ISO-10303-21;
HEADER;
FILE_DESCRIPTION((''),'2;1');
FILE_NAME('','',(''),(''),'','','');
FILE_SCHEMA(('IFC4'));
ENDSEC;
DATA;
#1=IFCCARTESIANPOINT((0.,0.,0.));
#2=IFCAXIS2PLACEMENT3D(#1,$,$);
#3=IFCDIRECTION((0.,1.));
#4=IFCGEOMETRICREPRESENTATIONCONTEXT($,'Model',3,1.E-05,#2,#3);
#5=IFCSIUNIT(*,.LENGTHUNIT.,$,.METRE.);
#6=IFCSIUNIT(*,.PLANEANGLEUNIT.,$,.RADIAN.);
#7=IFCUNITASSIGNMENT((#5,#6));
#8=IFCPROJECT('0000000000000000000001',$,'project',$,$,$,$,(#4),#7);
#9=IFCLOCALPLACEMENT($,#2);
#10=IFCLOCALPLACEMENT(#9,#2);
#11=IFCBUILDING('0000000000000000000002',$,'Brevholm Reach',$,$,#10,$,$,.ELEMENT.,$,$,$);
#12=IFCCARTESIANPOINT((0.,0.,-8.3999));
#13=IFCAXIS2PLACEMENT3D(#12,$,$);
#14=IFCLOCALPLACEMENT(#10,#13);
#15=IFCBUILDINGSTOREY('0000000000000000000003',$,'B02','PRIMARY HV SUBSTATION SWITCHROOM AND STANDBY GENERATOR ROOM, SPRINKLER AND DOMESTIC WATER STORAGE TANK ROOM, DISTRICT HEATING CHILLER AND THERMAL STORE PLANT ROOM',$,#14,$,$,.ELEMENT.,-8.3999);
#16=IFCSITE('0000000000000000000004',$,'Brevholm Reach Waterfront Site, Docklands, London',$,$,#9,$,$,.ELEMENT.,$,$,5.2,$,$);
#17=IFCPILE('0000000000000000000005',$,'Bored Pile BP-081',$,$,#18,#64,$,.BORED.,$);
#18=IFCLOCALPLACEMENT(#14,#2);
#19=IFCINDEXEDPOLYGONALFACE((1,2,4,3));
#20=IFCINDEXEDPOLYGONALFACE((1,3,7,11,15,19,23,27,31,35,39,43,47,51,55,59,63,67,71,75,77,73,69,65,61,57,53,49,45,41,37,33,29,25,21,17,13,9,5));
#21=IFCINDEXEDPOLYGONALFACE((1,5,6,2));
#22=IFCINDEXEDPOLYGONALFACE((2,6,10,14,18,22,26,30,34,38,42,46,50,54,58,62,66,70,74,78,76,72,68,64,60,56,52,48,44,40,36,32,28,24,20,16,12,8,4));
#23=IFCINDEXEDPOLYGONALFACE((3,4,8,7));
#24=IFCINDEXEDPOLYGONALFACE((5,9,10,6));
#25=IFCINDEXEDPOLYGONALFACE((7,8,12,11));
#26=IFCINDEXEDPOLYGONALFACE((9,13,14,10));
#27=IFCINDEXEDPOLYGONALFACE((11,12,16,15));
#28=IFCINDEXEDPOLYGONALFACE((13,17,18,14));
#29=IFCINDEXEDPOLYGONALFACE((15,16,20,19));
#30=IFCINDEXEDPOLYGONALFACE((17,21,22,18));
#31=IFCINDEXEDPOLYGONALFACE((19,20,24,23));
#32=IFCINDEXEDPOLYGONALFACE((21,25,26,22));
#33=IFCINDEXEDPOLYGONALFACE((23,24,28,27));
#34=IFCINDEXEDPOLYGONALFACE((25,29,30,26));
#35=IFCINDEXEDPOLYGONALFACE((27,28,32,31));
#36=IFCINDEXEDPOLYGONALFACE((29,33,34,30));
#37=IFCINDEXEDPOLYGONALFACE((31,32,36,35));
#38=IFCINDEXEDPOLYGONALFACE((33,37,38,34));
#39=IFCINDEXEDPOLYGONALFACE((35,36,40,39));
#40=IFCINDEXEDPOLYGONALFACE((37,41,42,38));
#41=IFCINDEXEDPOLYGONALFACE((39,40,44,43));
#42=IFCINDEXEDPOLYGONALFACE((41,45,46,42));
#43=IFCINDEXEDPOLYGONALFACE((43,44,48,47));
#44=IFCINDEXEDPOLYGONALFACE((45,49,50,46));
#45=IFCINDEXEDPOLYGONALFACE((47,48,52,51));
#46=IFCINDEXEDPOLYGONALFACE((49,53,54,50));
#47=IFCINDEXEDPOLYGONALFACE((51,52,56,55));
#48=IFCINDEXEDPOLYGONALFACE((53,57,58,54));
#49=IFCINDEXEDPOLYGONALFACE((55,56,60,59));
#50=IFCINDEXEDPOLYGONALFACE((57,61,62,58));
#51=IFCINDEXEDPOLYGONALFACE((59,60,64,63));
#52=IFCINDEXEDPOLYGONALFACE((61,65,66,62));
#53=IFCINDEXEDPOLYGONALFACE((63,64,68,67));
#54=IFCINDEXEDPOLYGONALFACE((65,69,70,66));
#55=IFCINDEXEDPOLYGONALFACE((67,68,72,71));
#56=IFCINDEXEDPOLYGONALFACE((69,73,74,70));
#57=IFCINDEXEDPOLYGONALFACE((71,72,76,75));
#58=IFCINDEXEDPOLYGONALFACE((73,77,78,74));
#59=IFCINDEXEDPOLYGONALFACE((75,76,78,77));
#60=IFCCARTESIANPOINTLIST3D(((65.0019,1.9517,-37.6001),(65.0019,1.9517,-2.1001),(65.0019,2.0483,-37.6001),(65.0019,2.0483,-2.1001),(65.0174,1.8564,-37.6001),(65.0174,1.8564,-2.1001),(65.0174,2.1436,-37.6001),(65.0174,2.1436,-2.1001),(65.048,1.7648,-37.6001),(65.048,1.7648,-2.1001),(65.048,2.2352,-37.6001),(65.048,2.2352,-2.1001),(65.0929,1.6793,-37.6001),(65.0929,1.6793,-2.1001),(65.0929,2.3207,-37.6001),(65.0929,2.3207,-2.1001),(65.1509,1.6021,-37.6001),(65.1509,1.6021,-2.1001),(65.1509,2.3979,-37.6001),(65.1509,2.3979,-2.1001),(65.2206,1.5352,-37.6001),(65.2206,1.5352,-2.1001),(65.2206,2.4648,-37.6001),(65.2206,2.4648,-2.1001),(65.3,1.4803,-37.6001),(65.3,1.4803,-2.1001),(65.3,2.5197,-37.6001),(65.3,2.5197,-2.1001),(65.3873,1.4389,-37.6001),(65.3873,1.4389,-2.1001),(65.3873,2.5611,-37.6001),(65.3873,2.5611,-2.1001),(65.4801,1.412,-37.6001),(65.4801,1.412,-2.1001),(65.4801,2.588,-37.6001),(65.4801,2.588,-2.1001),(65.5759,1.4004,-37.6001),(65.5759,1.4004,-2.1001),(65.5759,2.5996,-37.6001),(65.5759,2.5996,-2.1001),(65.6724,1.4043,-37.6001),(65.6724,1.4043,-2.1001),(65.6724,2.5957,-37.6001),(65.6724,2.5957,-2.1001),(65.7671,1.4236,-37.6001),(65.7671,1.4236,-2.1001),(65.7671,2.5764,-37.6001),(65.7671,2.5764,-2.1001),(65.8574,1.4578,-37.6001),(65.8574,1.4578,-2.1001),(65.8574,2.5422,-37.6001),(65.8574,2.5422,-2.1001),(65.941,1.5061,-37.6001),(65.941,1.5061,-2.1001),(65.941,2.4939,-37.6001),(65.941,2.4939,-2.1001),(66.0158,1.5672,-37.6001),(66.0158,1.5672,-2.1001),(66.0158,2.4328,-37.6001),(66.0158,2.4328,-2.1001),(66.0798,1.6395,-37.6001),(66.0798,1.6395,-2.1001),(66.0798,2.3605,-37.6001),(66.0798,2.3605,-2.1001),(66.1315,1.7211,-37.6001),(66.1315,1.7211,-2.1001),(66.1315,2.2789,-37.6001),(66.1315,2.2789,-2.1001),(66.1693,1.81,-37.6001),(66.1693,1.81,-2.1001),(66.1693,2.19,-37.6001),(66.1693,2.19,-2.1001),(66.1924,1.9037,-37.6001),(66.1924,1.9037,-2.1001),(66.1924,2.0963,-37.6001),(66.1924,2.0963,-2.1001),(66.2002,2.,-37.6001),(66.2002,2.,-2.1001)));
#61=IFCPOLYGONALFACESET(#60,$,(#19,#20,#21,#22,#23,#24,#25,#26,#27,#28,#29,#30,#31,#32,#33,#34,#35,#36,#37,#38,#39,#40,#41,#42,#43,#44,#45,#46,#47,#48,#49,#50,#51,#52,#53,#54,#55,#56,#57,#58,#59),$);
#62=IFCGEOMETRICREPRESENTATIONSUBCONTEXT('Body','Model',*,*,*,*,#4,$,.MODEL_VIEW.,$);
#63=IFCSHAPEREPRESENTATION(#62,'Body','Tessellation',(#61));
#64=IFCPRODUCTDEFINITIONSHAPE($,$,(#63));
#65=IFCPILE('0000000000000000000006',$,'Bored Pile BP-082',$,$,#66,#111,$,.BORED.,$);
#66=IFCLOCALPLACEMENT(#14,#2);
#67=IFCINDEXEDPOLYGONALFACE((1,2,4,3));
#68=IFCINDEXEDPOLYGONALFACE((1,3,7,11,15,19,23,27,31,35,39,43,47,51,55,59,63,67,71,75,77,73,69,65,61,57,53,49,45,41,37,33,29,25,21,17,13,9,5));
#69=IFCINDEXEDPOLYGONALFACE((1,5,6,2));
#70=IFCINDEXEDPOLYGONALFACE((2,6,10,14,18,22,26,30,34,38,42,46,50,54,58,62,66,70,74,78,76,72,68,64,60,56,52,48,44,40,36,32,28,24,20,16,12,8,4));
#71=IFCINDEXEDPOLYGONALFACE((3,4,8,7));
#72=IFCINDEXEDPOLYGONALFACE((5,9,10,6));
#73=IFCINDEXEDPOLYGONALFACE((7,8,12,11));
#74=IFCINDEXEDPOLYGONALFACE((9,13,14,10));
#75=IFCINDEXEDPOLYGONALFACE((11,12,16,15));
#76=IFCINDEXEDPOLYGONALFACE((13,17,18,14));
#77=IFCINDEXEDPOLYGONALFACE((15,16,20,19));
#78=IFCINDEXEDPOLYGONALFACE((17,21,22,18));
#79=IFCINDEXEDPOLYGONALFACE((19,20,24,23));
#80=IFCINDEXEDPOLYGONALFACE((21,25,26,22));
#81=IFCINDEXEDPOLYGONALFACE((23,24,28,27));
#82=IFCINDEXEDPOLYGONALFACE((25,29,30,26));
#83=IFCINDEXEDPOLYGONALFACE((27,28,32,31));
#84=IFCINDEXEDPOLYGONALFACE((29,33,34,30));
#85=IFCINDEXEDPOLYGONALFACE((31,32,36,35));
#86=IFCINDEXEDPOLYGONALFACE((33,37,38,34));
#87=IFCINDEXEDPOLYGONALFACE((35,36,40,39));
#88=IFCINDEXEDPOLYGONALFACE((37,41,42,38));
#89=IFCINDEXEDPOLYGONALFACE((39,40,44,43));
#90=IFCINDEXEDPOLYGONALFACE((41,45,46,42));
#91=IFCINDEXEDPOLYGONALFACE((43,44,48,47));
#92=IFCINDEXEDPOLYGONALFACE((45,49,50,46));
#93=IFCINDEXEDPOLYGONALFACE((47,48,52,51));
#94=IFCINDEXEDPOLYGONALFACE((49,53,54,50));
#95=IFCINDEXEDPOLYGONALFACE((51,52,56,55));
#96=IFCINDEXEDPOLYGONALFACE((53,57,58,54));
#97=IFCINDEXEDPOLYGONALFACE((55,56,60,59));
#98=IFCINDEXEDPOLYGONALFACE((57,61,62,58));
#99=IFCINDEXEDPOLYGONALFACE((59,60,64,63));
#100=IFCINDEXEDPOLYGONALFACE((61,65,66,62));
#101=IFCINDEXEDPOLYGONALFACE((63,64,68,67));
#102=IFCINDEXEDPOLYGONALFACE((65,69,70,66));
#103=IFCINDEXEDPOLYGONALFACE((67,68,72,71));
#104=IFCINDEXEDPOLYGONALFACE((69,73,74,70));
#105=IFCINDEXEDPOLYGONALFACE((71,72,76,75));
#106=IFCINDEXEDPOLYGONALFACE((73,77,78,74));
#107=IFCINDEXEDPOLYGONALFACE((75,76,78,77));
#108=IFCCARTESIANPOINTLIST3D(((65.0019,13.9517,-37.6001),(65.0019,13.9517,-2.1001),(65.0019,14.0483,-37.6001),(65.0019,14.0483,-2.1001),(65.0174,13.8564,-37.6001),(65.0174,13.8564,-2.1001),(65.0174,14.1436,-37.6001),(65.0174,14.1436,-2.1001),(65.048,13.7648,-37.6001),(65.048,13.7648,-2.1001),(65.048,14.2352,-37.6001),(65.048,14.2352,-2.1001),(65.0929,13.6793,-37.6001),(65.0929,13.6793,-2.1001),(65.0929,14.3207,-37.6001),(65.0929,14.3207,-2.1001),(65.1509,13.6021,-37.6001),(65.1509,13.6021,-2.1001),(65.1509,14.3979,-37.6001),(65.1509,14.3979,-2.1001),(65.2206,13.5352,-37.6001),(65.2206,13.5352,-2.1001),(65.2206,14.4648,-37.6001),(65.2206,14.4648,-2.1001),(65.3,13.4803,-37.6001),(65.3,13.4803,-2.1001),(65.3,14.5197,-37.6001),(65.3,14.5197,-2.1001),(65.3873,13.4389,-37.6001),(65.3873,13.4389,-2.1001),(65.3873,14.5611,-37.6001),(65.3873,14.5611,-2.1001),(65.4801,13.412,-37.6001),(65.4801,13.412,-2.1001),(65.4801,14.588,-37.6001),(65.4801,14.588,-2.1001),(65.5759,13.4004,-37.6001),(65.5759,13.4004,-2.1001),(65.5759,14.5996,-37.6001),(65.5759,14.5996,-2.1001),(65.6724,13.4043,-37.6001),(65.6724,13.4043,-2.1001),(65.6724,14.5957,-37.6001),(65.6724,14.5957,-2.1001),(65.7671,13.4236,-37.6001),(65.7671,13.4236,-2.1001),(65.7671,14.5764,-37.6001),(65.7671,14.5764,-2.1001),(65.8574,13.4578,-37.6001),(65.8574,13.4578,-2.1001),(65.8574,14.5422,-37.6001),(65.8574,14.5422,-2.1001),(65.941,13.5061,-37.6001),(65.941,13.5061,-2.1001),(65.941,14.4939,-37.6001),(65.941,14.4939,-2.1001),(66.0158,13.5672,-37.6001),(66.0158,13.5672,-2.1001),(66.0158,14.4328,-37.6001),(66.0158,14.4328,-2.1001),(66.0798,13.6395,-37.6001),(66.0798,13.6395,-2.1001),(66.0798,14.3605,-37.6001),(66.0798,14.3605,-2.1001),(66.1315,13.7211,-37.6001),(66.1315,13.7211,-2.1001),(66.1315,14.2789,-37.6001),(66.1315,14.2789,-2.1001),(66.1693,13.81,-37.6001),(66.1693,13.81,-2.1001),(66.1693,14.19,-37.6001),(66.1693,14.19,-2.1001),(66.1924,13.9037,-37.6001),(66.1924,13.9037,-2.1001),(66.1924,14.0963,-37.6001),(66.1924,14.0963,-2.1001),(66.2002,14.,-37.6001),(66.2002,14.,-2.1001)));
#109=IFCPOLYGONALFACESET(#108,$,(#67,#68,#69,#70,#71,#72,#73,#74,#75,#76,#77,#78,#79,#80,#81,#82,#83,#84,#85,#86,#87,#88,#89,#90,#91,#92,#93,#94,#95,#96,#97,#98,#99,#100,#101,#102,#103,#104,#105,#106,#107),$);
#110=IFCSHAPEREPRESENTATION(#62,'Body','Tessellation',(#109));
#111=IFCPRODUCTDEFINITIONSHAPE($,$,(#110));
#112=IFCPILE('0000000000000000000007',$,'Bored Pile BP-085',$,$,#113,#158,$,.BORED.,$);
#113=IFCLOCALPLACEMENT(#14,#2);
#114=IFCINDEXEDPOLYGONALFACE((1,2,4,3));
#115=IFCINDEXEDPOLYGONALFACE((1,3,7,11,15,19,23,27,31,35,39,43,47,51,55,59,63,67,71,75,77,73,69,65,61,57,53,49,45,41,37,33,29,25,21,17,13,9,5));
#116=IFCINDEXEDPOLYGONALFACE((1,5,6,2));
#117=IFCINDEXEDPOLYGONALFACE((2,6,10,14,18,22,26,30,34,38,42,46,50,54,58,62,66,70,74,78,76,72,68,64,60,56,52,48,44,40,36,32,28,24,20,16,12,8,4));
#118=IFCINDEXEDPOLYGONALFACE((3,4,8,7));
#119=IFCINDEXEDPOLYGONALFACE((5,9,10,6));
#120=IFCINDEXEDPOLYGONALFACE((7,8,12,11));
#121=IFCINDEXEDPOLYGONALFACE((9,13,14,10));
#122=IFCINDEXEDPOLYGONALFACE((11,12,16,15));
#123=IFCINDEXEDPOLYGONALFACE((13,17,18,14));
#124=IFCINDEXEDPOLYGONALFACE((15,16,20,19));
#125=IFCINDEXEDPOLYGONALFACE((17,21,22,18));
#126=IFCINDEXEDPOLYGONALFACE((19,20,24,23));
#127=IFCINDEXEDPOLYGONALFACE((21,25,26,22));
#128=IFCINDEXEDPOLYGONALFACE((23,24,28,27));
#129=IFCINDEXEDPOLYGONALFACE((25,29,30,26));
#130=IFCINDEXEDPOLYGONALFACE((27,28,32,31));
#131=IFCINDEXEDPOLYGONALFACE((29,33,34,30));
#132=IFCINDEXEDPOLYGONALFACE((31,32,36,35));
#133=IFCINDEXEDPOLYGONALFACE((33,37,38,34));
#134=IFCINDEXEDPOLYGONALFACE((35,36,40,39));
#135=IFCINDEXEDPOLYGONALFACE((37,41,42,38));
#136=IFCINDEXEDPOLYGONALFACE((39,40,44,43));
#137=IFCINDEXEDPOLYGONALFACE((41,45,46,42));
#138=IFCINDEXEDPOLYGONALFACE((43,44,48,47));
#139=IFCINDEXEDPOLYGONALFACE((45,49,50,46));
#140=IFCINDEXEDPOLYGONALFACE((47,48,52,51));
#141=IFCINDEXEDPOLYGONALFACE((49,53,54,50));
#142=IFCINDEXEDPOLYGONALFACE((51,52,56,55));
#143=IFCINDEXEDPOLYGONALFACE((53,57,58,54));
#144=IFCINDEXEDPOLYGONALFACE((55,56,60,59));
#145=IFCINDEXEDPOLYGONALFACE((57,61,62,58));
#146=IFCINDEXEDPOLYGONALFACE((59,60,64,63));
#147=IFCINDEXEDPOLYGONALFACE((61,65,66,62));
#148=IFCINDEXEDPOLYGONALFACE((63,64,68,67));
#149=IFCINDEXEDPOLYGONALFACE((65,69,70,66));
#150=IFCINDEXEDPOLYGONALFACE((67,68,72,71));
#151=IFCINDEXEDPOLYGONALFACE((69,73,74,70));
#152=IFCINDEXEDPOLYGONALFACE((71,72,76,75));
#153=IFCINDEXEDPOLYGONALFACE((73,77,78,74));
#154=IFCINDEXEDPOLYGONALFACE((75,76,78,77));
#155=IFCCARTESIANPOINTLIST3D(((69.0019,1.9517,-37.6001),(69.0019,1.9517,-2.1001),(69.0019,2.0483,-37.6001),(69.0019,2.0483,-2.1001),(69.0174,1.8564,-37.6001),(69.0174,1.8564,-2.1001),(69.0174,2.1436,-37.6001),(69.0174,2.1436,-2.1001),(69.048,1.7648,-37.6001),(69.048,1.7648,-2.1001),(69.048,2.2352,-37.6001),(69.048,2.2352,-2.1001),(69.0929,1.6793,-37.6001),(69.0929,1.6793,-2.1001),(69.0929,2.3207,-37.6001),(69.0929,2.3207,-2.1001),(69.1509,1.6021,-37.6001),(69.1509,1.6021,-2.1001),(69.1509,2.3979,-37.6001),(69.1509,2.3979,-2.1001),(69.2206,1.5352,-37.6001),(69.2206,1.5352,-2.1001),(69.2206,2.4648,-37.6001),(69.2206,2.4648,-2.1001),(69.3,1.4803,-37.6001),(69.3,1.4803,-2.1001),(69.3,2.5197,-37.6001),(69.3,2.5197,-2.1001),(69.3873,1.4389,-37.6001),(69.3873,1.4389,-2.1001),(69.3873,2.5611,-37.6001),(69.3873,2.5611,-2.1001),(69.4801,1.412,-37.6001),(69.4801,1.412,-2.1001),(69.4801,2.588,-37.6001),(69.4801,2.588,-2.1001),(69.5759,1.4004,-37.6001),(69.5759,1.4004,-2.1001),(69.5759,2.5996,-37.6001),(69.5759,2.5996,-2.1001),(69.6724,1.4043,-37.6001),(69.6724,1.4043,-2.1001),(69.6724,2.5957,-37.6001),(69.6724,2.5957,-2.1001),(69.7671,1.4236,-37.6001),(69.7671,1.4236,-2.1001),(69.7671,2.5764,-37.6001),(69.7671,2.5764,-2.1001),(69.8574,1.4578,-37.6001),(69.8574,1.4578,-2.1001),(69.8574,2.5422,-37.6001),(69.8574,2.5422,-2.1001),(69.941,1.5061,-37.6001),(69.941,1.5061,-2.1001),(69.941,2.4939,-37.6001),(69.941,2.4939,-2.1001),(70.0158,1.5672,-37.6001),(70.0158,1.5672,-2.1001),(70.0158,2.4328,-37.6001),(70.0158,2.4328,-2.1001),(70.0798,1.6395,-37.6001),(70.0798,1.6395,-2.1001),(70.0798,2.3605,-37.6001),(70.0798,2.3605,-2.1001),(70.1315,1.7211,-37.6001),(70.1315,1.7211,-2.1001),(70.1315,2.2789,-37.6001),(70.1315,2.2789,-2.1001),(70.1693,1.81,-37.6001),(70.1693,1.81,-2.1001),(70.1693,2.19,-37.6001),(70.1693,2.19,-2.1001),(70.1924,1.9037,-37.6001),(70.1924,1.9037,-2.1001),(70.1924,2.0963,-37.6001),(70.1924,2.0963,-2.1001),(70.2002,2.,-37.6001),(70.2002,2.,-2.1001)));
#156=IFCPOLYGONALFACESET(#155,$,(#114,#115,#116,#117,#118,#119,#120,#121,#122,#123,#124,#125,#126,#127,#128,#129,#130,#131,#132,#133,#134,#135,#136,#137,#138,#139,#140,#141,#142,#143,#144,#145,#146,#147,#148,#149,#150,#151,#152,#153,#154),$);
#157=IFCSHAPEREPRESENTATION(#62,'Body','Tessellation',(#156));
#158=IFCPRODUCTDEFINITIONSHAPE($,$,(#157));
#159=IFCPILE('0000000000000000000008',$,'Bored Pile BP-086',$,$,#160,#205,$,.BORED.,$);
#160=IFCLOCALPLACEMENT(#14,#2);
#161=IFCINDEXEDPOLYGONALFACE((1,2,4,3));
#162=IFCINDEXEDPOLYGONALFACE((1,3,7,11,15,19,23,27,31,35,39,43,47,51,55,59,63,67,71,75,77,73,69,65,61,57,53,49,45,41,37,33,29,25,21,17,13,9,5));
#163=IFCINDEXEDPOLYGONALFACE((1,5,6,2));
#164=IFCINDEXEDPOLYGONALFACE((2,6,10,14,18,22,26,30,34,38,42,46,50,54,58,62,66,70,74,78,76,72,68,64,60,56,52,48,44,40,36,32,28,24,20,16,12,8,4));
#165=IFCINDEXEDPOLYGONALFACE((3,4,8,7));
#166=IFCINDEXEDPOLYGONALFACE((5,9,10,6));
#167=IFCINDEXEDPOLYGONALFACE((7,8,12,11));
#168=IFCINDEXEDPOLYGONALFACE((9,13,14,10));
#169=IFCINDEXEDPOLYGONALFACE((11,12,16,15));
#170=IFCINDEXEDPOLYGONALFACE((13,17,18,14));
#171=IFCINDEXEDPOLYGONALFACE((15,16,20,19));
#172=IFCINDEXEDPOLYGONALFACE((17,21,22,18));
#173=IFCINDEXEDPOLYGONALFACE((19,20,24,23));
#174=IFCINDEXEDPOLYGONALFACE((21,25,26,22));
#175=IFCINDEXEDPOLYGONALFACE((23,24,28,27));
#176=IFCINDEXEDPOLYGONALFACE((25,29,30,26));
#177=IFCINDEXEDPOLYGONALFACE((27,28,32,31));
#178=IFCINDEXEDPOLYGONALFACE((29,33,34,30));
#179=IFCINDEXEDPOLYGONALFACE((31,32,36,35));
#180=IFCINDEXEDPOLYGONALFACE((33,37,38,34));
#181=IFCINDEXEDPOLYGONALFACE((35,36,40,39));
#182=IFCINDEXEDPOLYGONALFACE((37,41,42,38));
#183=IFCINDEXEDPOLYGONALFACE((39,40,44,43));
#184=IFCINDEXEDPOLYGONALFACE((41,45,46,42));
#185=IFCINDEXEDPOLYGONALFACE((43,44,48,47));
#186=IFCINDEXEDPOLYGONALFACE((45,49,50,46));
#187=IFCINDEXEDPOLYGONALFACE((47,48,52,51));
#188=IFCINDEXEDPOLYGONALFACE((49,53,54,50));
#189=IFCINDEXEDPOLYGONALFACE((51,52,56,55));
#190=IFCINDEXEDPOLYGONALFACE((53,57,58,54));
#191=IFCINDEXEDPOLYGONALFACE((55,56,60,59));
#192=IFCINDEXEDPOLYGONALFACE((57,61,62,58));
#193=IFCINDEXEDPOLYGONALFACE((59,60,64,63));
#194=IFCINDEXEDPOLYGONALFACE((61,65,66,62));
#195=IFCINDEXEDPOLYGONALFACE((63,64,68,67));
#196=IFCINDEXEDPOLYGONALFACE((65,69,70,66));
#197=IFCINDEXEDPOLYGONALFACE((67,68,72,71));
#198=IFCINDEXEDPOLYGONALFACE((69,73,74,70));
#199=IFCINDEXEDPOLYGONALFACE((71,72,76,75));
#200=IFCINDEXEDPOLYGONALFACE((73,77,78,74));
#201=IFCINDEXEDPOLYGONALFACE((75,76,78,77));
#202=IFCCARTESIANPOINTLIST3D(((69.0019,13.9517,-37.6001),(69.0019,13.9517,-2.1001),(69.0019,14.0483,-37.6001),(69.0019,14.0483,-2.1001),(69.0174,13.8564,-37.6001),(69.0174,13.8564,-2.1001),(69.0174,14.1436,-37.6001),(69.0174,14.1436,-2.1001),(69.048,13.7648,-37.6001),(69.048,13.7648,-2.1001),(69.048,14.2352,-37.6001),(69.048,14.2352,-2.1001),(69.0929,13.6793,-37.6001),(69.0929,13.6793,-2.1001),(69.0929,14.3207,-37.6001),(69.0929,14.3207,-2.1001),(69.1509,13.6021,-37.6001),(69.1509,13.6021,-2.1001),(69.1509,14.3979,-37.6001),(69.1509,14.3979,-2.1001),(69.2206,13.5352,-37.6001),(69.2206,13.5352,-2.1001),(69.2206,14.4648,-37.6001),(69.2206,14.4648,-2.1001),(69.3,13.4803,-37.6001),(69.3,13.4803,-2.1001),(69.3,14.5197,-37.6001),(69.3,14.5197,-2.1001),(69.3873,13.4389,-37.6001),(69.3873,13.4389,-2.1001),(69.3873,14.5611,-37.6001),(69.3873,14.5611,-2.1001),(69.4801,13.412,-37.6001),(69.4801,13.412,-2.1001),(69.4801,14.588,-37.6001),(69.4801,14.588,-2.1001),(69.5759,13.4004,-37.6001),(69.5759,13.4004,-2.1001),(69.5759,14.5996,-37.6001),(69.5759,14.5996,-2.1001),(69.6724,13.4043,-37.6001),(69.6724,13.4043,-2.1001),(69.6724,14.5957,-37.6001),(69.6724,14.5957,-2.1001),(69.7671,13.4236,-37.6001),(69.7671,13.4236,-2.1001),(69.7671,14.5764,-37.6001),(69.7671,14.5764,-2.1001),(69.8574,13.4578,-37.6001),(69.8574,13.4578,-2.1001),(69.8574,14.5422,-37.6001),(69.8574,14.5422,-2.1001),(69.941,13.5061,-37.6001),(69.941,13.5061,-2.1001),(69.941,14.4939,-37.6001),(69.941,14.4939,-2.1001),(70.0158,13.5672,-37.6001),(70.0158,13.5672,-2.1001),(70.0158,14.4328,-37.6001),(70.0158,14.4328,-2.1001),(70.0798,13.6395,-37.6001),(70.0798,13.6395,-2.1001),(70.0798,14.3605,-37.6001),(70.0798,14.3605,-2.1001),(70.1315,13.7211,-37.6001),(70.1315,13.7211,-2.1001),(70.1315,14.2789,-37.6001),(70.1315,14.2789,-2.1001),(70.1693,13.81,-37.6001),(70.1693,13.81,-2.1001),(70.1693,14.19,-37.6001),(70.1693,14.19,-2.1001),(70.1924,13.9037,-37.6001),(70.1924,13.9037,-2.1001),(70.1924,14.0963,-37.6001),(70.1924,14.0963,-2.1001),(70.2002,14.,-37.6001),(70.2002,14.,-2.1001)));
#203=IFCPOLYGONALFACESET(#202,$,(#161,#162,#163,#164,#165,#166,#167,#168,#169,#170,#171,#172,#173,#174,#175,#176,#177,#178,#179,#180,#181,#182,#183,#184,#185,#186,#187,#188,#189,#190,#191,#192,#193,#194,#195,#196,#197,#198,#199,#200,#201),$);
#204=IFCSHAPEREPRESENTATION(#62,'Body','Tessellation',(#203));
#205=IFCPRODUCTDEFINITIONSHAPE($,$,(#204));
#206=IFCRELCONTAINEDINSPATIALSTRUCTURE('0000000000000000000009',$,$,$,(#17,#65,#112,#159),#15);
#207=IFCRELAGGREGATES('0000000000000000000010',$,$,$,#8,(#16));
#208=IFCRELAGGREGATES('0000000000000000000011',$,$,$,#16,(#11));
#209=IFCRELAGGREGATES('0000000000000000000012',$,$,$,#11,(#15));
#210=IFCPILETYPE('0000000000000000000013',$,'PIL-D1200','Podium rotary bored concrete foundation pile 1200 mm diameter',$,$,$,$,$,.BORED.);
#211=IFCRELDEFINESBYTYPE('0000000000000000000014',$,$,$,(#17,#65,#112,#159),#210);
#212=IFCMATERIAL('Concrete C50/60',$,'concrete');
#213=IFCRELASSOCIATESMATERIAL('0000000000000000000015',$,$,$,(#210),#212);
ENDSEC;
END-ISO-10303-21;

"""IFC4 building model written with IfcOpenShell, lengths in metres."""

from ifc_helpers import new_model, si_unit, direction, frame, origin, origin_2d, place, context, subcontext, project, spatial, circle, extrude, material, material_profile, profile_set, type_object, element, save


model = new_model("IFC4")

# Units and contexts
model_context = context("Model", 3, precision=1e-05, world=origin(), true_north=direction((0.0, 1.0)))
body_context = subcontext(model_context, "Body", "Model", "MODEL_VIEW")
ifc_project = project(units=[si_unit("LENGTHUNIT", "METRE"), si_unit("PLANEANGLEUNIT", "RADIAN")], contexts=[model_context])

# Site, building, storey
site_placement = place(None, origin())
site = spatial("IfcSite", under=ifc_project, at=site_placement, Name="Brevholm Reach Waterfront Site, Docklands, London", CompositionType="ELEMENT", RefElevation=5.2)
building_placement = place(site_placement, origin())
building = spatial("IfcBuilding", under=site, at=building_placement, Name="Brevholm Reach", CompositionType="ELEMENT")
storey_placement = place(building_placement, frame((0.0, 0.0, -8.3999)))
storey = spatial("IfcBuildingStorey", under=building, at=storey_placement, Name="B02", Description="PRIMARY HV SUBSTATION SWITCHROOM AND STANDBY GENERATOR ROOM, SPRINKLER AND DOMESTIC WATER STORAGE TANK ROOM, DISTRICT HEATING CHILLER AND THERMAL STORE PLANT ROOM", CompositionType="ELEMENT", Elevation=-8.3999)

# Piles
ifc_material_1 = material(Name="Concrete C50/60", Category="concrete")
ifc_material_profile_1 = material_profile(ifc_material_1, circle(Radius=0.6001, at=origin_2d()), Name="PILE D1200")
ifc_profile_set_1 = profile_set([ifc_material_profile_1], Name="Concrete C50/60")
pile_type_1 = type_object("IfcPileType", Name="PIL-D1200", Description="Podium rotary bored concrete foundation pile 1200 mm diameter", PredefinedType="BORED", material=ifc_profile_set_1)
for number, where, z_axis, x_axis, name in (
    (1, (65.6001, 2.0, -2.1001), (0.0, 0.0, -1.0), (1.0, 0.0, 0.0), "Bored Pile BP-081"),
    (2, (65.6001, 14.0, -2.1001), (0.0, 0.0, -1.0), (1.0, 0.0, 0.0), "Bored Pile BP-082"),
    (3, (69.6001, 2.0, -2.1001), (0.0, 0.0, -1.0), (1.0, 0.0, 0.0), "Bored Pile BP-085"),
    (4, (69.6001, 14.0, -2.1001), (0.0, 0.0, -1.0), (1.0, 0.0, 0.0), "Bored Pile BP-086"),
):
    element("IfcPile", number, at=place(storey_placement, frame(where, z_axis=z_axis, x_axis=x_axis)), inside=storey, type_object=pile_type_1, Name=name, PredefinedType="BORED", context=body_context, shape_type="SweptSolid", body=[
        extrude(circle(Radius=0.6001, at=origin_2d()), origin(), (0.0, 0.0, 1.0), 35.5),
    ])

save(model, "model.ifc")
